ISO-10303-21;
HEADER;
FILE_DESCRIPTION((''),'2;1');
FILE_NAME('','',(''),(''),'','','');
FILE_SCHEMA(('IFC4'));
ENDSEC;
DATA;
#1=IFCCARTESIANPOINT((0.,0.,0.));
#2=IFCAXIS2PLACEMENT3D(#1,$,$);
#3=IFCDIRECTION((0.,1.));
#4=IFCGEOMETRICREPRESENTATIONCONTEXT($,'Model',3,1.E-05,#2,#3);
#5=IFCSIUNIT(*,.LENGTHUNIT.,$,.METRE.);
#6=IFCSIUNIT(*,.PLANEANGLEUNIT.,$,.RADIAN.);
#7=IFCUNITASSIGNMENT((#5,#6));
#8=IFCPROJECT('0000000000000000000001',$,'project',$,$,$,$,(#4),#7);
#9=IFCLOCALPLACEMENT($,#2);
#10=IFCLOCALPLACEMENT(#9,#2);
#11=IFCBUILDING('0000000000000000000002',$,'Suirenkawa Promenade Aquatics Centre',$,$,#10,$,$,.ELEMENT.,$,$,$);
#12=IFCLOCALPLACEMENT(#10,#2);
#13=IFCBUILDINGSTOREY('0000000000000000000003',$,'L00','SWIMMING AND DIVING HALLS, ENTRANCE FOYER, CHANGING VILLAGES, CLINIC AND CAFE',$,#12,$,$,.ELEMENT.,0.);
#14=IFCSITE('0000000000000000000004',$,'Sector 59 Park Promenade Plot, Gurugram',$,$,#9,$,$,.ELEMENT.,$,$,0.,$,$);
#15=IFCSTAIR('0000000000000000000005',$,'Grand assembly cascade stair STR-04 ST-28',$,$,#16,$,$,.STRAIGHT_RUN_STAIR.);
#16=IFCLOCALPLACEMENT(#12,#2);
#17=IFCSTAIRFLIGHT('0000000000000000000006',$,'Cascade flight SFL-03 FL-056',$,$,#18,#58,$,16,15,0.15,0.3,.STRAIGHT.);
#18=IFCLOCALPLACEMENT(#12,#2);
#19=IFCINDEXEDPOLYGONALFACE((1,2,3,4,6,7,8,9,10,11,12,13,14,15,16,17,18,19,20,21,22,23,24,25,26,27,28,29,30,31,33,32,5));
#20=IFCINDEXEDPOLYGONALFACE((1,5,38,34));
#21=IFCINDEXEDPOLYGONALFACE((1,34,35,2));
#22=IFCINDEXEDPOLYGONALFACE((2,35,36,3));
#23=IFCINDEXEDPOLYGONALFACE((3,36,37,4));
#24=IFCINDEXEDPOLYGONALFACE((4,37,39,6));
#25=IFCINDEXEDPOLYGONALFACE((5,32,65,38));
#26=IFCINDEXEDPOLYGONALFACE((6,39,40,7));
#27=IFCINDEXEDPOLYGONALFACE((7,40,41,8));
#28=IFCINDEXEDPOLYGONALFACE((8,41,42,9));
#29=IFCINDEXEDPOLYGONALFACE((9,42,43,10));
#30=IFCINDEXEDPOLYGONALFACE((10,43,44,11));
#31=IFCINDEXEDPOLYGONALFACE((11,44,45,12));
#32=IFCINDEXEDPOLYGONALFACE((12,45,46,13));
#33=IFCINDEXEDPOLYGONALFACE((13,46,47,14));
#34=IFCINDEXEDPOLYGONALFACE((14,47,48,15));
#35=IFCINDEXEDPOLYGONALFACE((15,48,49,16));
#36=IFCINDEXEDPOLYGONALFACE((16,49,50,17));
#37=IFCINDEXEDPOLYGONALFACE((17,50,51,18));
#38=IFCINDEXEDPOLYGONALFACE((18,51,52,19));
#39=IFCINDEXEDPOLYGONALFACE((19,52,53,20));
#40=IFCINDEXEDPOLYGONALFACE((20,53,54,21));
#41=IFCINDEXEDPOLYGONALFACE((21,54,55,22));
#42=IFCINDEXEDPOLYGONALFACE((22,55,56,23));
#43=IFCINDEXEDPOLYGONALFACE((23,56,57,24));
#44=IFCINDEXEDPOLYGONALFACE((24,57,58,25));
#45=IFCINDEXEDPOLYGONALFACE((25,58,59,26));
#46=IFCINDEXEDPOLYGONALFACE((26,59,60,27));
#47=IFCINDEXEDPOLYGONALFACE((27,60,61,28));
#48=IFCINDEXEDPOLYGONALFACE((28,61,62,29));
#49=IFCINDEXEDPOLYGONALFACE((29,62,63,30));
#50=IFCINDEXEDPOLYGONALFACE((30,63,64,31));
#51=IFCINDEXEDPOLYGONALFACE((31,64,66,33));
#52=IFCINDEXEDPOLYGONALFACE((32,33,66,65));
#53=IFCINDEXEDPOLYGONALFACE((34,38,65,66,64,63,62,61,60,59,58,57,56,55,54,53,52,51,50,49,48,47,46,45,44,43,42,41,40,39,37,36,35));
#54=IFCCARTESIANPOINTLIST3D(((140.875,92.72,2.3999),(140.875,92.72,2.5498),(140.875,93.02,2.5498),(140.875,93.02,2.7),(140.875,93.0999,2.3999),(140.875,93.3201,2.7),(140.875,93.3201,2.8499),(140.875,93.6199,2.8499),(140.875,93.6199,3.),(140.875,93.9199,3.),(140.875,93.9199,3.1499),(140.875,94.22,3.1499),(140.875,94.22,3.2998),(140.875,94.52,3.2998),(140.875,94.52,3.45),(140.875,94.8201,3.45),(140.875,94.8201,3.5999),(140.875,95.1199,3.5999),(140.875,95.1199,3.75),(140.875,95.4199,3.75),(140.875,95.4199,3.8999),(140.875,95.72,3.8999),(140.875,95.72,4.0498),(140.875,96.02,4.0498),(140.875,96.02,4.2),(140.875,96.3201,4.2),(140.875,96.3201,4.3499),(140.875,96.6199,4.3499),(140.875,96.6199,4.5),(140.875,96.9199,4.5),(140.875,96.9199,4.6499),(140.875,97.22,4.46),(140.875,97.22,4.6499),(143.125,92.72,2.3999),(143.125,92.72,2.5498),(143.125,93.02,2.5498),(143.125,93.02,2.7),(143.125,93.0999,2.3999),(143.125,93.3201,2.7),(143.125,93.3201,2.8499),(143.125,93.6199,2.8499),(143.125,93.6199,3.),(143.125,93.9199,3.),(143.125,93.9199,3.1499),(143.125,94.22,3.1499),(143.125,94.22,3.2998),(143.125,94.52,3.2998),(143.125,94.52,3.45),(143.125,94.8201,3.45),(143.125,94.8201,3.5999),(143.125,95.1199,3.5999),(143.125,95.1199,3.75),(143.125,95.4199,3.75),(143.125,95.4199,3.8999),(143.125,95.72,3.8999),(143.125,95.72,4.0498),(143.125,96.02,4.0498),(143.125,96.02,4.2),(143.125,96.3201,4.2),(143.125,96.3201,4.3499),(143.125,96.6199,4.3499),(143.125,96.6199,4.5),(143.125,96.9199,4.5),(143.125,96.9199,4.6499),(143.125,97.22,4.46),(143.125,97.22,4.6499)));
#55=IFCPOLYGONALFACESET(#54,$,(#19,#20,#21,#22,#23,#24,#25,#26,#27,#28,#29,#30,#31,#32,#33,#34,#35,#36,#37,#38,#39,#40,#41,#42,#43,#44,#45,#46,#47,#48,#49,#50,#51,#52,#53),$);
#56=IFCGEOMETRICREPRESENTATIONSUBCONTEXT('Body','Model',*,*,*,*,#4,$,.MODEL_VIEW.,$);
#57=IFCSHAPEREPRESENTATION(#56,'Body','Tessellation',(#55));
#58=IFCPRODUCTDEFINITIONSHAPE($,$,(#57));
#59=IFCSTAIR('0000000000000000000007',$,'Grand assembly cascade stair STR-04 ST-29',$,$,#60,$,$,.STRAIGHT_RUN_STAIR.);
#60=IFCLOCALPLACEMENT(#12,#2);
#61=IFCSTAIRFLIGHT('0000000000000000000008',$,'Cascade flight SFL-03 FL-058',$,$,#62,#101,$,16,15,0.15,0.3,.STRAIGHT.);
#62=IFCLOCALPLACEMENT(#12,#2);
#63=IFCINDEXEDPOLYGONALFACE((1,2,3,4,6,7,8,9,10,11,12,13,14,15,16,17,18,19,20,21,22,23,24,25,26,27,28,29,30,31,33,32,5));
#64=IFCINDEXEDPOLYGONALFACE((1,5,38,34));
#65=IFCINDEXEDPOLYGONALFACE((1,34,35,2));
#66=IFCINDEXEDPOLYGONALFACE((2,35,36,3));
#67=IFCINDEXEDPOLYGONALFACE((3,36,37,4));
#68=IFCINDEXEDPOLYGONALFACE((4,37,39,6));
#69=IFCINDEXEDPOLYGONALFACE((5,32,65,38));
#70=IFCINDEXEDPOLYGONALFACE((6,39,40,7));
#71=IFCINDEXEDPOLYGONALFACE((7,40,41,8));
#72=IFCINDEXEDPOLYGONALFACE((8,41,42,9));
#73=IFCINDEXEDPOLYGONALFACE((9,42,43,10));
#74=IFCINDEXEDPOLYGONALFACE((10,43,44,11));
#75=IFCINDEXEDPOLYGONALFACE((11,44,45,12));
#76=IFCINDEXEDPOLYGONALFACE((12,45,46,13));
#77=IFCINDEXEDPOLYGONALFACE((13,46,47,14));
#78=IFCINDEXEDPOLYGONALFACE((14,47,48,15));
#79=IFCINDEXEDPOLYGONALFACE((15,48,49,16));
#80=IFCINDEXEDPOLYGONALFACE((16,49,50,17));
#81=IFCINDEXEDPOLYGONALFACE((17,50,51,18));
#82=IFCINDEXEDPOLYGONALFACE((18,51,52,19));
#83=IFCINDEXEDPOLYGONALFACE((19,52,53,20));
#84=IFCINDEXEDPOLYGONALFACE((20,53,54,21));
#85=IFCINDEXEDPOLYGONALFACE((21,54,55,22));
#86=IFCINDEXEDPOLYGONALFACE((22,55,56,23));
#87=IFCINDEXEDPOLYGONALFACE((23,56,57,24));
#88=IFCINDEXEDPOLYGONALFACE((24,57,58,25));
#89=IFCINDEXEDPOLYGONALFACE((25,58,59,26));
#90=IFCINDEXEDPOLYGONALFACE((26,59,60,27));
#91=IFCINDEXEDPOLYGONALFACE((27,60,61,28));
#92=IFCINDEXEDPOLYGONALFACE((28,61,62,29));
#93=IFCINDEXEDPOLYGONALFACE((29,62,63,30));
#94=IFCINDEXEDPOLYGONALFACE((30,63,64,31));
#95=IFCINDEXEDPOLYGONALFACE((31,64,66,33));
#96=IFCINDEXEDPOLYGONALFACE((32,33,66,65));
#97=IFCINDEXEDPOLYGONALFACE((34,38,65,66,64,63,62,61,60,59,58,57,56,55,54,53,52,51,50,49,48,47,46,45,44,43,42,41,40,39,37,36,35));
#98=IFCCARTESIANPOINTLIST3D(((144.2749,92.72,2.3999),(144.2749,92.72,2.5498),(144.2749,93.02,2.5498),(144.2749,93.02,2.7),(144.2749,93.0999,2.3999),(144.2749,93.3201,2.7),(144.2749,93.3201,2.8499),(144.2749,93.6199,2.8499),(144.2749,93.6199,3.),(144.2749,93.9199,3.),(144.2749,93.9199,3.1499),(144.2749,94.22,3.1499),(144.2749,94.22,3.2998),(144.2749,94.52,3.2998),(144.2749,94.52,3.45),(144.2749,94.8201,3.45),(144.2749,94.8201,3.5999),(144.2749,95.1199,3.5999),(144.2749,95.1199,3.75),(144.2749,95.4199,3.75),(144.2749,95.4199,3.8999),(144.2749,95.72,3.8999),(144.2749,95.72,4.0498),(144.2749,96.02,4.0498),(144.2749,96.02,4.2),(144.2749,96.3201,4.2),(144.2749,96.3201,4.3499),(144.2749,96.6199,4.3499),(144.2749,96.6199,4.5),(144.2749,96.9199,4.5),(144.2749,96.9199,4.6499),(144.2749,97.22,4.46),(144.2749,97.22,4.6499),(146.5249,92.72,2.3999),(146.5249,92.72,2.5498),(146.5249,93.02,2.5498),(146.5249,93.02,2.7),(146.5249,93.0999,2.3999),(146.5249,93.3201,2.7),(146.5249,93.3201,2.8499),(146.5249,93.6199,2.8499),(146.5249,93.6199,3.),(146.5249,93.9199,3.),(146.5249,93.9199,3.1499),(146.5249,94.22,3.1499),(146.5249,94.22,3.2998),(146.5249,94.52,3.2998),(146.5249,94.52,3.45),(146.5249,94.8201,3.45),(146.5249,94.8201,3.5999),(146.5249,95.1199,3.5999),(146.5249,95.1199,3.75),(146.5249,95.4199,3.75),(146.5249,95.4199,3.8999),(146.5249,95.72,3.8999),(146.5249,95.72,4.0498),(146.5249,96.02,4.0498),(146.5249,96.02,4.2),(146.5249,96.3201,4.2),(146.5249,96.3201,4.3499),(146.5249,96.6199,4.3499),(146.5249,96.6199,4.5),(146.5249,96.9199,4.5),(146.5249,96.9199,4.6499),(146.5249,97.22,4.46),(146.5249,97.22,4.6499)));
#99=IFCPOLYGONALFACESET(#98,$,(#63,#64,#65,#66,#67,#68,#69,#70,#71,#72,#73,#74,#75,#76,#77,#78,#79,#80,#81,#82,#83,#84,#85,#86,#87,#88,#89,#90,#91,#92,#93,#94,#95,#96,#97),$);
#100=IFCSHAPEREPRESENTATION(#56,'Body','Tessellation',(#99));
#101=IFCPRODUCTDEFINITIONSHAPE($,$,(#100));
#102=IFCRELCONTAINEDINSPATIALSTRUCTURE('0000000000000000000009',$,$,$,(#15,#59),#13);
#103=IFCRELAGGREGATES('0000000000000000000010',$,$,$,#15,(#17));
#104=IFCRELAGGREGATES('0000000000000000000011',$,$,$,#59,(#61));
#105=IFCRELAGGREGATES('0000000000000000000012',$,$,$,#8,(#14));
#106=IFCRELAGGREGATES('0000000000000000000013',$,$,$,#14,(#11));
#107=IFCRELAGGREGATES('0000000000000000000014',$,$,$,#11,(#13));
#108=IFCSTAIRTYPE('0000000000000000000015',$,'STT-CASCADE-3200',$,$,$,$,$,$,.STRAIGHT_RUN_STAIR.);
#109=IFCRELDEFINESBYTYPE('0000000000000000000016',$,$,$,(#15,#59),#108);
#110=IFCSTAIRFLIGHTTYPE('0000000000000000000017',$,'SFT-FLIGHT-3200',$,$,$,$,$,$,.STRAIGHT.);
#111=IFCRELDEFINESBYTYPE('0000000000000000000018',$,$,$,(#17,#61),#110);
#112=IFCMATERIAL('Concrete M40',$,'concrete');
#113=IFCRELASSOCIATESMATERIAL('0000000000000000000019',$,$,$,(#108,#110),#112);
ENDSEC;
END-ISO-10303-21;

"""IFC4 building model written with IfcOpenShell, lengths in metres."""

from ifc_helpers import new_model, si_unit, direction, frame, origin, place, context, subcontext, project, spatial, polyline, outline, extrude, material, type_object, element, aggregate, save


model = new_model("IFC4")

# Units and contexts
model_context = context("Model", 3, precision=1e-05, world=origin(), true_north=direction((0.0, 1.0)))
body_context = subcontext(model_context, "Body", "Model", "MODEL_VIEW")
ifc_project = project(units=[si_unit("LENGTHUNIT", "METRE"), si_unit("PLANEANGLEUNIT", "RADIAN")], contexts=[model_context])

# Site, building, storey
site_placement = place(None, origin())
site = spatial("IfcSite", under=ifc_project, at=site_placement, Name="Sector 59 Park Promenade Plot, Gurugram", CompositionType="ELEMENT", RefElevation=0.0)
building_placement = place(site_placement, origin())
building = spatial("IfcBuilding", under=site, at=building_placement, Name="Suirenkawa Promenade Aquatics Centre", CompositionType="ELEMENT")
storey_placement = place(building_placement, origin())
storey = spatial("IfcBuildingStorey", under=building, at=storey_placement, Name="L00", Description="SWIMMING AND DIVING HALLS, ENTRANCE FOYER, CHANGING VILLAGES, CLINIC AND CAFE", CompositionType="ELEMENT", Elevation=0.0)

# Shared definitions
ifc_material_1 = material(Name="Concrete M40", Category="concrete")

# Stairs, stair flights
stair_type = type_object("IfcStairType", Name="STT-CASCADE-3200", PredefinedType="STRAIGHT_RUN_STAIR", material=ifc_material_1)
stair_flight_type = type_object("IfcStairFlightType", Name="SFT-FLIGHT-3200", PredefinedType="STRAIGHT", material=ifc_material_1)
stair_1_placement = place(storey_placement, origin())
stair_1 = element("IfcStair", 1, at=stair_1_placement, inside=storey, type_object=stair_type, Name="Grand assembly cascade stair STR-04 ST-28", PredefinedType="STRAIGHT_RUN_STAIR")
stair_flight_1_placement = place(storey_placement, frame((142.0, 92.72, 2.3999), z_axis=(0.0, 0.0, 1.0), x_axis=(0.0, 1.0, 0.0)))
stair_flight_1 = element("IfcStairFlight", 2, at=stair_flight_1_placement, type_object=stair_flight_type, Name="Cascade flight SFL-03 FL-056", NumberOfRisers=16, NumberOfTreads=15, PredefinedType="STRAIGHT", RiserHeight=0.15, TreadLength=0.3, context=body_context, shape_type="SweptSolid", body=[
    extrude(outline(polyline([(0.0, 0.0), (0.0, 0.1499), (0.3, 0.1499), (0.3, 0.3), (0.6001, 0.3), (0.6001, 0.45), (0.8999, 0.45), (0.8999, 0.6001), (1.2, 0.6001), (1.2, 0.75), (1.5, 0.75), (1.5, 0.8999), (1.8, 0.8999), (1.8, 1.05), (2.1001, 1.05), (2.1001, 1.2), (2.3999, 1.2), (2.3999, 1.3501), (2.7, 1.3501), (2.7, 1.5), (3.0, 1.5), (3.0, 1.6499), (3.3, 1.6499), (3.3, 1.8), (3.6001, 1.8), (3.6001, 1.95), (3.8999, 1.95), (3.8999, 2.1001), (4.2, 2.1001), (4.2, 2.25), (4.5, 2.25), (4.5, 2.3999), (4.5, 2.0601), (0.3799, 0.0), (0.0, 0.0)])), frame((0.0, 1.125, 0.0), z_axis=(0.0, -1.0, 0.0), x_axis=(1.0, 0.0, 0.0)), (0.0, 0.0, 1.0), 2.25),
])
aggregate(stair_1, [stair_flight_1])
stair_2_placement = place(storey_placement, origin())
stair_2 = element("IfcStair", 3, at=stair_2_placement, inside=storey, type_object=stair_type, Name="Grand assembly cascade stair STR-04 ST-29", PredefinedType="STRAIGHT_RUN_STAIR")
stair_flight_2_placement = place(storey_placement, frame((145.3999, 92.72, 2.3999), z_axis=(0.0, 0.0, 1.0), x_axis=(0.0, 1.0, 0.0)))
stair_flight_2 = element("IfcStairFlight", 4, at=stair_flight_2_placement, type_object=stair_flight_type, Name="Cascade flight SFL-03 FL-058", NumberOfRisers=16, NumberOfTreads=15, PredefinedType="STRAIGHT", RiserHeight=0.15, TreadLength=0.3, context=body_context, shape_type="SweptSolid", body=[
    extrude(outline(polyline([(0.0, 0.0), (0.0, 0.1499), (0.3, 0.1499), (0.3, 0.3), (0.6001, 0.3), (0.6001, 0.45), (0.8999, 0.45), (0.8999, 0.6001), (1.2, 0.6001), (1.2, 0.75), (1.5, 0.75), (1.5, 0.8999), (1.8, 0.8999), (1.8, 1.05), (2.1001, 1.05), (2.1001, 1.2), (2.3999, 1.2), (2.3999, 1.3501), (2.7, 1.3501), (2.7, 1.5), (3.0, 1.5), (3.0, 1.6499), (3.3, 1.6499), (3.3, 1.8), (3.6001, 1.8), (3.6001, 1.95), (3.8999, 1.95), (3.8999, 2.1001), (4.2, 2.1001), (4.2, 2.25), (4.5, 2.25), (4.5, 2.3999), (4.5, 2.0601), (0.3799, 0.0), (0.0, 0.0)])), frame((0.0, 1.125, 0.0), z_axis=(0.0, -1.0, 0.0), x_axis=(1.0, 0.0, 0.0)), (0.0, 0.0, 1.0), 2.25),
])
aggregate(stair_2, [stair_flight_2])

save(model, "model.ifc")
